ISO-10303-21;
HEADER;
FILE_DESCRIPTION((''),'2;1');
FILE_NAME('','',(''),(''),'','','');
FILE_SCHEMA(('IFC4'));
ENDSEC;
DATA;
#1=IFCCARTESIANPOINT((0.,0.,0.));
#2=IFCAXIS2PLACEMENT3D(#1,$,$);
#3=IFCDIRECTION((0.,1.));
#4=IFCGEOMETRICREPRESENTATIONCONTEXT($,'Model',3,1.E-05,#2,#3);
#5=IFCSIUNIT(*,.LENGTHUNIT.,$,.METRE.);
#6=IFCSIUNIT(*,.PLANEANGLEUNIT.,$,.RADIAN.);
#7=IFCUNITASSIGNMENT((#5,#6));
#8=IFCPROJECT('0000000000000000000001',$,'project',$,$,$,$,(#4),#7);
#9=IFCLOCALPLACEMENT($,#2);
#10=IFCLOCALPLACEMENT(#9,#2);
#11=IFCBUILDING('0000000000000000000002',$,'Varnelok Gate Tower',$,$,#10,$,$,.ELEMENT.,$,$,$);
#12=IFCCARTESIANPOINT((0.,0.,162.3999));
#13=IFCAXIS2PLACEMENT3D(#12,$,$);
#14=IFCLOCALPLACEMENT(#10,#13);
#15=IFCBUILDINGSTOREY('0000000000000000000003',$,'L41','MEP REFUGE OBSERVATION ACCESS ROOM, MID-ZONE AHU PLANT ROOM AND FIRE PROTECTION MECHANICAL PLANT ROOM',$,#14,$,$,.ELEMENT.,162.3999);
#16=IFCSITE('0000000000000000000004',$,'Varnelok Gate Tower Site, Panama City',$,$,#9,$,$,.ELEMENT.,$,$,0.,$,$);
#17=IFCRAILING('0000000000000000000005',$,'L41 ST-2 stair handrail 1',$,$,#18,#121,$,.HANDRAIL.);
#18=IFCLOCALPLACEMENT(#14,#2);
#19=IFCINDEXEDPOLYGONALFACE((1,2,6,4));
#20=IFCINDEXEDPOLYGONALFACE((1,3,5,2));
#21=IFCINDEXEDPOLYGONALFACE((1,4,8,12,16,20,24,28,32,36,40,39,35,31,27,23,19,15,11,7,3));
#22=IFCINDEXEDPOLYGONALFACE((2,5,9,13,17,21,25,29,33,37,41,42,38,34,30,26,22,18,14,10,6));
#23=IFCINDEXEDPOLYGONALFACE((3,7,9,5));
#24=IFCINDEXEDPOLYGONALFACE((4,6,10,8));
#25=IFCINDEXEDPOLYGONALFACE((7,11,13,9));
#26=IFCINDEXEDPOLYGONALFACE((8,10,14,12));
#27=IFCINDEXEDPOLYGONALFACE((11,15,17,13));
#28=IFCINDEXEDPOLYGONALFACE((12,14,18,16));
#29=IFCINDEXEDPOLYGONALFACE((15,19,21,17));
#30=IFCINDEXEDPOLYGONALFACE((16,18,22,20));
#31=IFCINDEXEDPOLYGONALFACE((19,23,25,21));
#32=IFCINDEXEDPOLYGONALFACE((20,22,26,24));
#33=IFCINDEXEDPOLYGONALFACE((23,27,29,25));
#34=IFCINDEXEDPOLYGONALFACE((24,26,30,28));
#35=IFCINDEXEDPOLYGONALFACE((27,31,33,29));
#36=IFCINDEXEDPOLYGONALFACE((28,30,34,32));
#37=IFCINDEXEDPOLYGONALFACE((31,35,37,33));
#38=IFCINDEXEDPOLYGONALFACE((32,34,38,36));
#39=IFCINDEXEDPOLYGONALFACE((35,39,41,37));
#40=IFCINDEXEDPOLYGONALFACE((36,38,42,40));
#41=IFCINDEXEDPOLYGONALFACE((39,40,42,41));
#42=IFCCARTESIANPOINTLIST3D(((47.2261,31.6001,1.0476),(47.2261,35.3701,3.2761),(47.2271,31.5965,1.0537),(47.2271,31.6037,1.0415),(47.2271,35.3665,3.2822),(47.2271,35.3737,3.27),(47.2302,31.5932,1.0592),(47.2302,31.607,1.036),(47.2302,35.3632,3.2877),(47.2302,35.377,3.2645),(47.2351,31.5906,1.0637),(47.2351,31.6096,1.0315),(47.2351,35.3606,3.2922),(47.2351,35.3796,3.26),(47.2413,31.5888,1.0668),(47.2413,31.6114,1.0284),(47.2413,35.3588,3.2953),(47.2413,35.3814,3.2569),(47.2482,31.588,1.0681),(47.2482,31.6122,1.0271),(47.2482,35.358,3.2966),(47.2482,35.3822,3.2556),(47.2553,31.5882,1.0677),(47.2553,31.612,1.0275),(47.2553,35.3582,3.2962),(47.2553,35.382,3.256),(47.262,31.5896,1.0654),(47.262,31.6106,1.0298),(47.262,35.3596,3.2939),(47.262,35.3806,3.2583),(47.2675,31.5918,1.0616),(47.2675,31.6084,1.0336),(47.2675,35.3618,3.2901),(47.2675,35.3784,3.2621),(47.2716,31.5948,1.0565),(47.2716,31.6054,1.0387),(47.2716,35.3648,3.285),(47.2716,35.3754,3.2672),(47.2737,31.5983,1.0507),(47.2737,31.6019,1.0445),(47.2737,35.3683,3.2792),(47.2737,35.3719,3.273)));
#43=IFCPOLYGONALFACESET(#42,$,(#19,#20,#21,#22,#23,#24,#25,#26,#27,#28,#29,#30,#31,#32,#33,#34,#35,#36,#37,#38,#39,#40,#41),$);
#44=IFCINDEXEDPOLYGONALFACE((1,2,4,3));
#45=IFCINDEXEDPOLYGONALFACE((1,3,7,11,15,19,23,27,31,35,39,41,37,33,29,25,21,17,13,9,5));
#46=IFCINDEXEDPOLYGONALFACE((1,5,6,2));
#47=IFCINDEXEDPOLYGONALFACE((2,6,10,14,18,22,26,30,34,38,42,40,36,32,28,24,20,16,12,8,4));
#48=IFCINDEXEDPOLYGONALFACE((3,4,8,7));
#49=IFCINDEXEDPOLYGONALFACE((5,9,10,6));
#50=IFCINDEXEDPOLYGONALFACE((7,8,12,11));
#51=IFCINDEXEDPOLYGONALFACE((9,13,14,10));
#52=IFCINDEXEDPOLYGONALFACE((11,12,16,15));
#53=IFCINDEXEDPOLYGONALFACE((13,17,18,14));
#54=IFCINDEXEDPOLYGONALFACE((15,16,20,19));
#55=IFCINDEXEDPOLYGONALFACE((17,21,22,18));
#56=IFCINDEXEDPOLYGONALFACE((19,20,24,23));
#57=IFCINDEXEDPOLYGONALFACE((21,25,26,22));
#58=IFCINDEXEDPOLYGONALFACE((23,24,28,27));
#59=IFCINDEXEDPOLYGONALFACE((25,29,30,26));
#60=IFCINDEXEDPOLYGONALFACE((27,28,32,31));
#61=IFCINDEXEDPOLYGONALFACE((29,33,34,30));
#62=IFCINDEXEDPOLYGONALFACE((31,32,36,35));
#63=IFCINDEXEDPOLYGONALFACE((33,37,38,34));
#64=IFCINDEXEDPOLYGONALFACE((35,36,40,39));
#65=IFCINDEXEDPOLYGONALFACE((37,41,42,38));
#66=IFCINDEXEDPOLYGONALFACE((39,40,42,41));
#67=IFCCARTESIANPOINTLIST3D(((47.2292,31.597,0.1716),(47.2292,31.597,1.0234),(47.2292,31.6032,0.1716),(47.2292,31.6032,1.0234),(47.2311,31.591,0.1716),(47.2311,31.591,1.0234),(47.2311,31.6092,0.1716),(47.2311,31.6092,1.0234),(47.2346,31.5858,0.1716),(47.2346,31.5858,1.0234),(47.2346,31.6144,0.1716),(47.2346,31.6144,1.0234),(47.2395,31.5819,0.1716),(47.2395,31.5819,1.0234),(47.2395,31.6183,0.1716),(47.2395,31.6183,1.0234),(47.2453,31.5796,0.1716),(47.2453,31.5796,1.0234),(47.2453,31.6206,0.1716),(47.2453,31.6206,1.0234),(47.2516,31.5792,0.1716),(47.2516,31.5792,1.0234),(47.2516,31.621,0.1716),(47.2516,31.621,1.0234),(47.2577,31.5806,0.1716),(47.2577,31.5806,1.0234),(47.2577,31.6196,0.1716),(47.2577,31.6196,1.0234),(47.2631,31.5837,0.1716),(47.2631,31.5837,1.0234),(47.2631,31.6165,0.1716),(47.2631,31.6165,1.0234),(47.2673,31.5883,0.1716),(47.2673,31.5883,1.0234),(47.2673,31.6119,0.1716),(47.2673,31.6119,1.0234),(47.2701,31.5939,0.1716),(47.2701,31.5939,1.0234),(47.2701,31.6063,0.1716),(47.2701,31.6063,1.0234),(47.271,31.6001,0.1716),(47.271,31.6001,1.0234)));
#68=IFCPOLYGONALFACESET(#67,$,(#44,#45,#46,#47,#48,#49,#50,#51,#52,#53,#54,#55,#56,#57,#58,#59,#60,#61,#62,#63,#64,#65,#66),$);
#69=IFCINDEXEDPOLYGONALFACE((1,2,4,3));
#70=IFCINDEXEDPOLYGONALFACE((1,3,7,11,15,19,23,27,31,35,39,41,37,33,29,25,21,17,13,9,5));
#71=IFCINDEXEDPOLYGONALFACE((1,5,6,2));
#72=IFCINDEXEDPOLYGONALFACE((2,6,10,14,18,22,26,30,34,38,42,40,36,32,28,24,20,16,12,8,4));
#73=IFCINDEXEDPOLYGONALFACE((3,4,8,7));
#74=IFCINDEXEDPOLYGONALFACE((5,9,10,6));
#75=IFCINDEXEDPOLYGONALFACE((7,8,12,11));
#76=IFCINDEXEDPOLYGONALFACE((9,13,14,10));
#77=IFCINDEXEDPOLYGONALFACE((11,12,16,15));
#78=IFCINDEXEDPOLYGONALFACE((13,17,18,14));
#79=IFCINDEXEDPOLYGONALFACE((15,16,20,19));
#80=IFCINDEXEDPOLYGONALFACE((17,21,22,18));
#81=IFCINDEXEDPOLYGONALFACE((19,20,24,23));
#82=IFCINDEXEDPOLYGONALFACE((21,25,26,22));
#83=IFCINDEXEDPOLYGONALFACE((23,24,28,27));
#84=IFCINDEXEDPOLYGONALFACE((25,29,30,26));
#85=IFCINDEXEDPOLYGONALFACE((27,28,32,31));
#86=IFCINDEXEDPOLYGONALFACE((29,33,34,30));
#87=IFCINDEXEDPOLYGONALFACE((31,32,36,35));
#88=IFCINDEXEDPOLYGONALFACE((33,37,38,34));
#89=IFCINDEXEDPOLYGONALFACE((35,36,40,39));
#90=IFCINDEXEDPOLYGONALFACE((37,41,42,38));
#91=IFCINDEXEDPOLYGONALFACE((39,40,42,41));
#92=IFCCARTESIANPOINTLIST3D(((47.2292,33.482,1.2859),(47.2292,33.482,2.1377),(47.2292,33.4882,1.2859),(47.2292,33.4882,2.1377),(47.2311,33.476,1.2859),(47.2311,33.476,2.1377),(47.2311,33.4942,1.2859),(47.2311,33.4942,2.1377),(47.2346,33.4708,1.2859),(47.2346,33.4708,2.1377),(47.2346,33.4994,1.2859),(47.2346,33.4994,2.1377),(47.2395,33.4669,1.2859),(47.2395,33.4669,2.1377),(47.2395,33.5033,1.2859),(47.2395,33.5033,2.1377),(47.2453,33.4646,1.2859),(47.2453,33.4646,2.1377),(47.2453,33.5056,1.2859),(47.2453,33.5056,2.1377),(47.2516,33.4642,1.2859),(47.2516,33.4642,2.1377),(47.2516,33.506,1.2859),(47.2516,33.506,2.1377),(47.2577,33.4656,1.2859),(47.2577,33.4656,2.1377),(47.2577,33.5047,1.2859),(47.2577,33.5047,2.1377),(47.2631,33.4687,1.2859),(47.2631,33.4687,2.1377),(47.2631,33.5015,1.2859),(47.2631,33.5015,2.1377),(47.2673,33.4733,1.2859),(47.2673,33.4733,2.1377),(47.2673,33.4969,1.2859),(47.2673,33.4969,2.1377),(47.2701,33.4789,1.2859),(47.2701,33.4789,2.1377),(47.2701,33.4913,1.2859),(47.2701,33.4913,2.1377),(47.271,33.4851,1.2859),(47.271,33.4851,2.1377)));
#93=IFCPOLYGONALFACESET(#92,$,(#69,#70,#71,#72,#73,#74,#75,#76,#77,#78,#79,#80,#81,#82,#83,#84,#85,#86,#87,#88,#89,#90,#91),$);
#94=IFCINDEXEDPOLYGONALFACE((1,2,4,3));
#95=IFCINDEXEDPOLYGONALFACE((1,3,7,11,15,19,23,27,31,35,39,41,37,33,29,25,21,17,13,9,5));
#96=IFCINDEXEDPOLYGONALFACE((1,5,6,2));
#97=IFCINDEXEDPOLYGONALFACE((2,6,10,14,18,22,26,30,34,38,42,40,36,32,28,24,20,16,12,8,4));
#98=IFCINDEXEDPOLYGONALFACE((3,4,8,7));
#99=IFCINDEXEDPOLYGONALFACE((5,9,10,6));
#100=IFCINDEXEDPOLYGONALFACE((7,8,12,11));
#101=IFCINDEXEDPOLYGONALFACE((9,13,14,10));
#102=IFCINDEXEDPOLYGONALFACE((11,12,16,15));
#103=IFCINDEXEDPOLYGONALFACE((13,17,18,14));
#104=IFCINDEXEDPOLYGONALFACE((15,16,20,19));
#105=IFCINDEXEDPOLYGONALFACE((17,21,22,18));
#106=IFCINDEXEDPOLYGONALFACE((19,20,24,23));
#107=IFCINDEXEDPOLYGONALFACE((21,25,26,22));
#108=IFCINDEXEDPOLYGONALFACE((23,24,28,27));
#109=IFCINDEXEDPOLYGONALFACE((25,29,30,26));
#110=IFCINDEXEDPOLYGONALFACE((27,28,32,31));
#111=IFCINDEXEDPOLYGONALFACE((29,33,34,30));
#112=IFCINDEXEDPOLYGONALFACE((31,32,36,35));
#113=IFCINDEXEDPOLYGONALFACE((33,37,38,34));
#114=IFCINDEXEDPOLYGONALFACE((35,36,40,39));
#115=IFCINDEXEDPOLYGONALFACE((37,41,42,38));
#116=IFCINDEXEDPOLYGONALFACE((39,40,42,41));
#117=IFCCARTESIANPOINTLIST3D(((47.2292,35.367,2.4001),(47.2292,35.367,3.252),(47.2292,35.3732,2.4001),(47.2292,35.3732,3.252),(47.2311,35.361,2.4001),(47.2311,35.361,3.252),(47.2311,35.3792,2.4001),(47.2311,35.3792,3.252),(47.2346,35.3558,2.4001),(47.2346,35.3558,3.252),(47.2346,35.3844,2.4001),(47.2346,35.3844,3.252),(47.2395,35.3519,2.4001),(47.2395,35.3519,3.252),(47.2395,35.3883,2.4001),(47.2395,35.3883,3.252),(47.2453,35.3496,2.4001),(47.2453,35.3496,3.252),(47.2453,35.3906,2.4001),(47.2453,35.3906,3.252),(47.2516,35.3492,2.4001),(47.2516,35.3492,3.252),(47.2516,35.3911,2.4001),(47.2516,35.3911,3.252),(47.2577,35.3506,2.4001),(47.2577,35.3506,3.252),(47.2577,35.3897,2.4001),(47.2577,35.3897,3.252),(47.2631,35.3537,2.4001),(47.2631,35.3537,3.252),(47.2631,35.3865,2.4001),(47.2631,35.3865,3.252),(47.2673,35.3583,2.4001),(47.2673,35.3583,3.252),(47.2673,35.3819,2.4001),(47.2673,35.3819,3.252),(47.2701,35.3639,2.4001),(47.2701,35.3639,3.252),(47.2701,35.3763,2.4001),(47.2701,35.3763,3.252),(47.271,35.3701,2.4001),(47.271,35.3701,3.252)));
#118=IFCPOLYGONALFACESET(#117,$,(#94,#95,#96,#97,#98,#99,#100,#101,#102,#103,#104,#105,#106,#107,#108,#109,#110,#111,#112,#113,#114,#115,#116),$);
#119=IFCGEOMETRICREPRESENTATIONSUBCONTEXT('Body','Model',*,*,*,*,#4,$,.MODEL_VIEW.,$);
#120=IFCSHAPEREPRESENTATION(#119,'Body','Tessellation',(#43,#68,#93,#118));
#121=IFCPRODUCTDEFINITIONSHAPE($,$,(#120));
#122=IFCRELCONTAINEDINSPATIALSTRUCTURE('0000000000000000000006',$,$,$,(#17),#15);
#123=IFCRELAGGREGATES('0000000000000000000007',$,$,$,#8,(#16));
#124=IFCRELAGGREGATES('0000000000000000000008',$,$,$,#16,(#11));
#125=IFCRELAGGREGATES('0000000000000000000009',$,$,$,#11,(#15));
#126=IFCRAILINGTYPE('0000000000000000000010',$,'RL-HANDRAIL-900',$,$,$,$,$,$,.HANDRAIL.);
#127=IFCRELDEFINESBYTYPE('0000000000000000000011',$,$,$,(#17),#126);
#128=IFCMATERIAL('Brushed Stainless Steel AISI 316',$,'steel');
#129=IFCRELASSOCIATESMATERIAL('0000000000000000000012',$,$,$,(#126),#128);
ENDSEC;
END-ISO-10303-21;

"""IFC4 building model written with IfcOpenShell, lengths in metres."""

from ifc_helpers import new_model, si_unit, direction, frame, origin, origin_2d, place, context, subcontext, project, spatial, circle, extrude, material, type_object, element, save


model = new_model("IFC4")

# Units and contexts
model_context = context("Model", 3, precision=1e-05, world=origin(), true_north=direction((0.0, 1.0)))
body_context = subcontext(model_context, "Body", "Model", "MODEL_VIEW")
ifc_project = project(units=[si_unit("LENGTHUNIT", "METRE"), si_unit("PLANEANGLEUNIT", "RADIAN")], contexts=[model_context])

# Site, building, storey
site_placement = place(None, origin())
site = spatial("IfcSite", under=ifc_project, at=site_placement, Name="Varnelok Gate Tower Site, Panama City", CompositionType="ELEMENT", RefElevation=0.0)
building_placement = place(site_placement, origin())
building = spatial("IfcBuilding", under=site, at=building_placement, Name="Varnelok Gate Tower", CompositionType="ELEMENT")
storey_placement = place(building_placement, frame((0.0, 0.0, 162.3999)))
storey = spatial("IfcBuildingStorey", under=building, at=storey_placement, Name="L41", Description="MEP REFUGE OBSERVATION ACCESS ROOM, MID-ZONE AHU PLANT ROOM AND FIRE PROTECTION MECHANICAL PLANT ROOM", CompositionType="ELEMENT", Elevation=162.3999)

# Railing
ifc_material_1 = material(Name="Brushed Stainless Steel AISI 316", Category="steel")
railing_type_1 = type_object("IfcRailingType", Name="RL-HANDRAIL-900", PredefinedType="HANDRAIL", material=ifc_material_1)
railing_1_placement = place(storey_placement, frame((47.25, 31.6001, 0.1716)))
element("IfcRailing", 1, at=railing_1_placement, inside=storey, type_object=railing_type_1, Name="L41 ST-2 stair handrail 1", PredefinedType="HANDRAIL", context=body_context, shape_type="SweptSolid", body=[
    extrude(circle(Radius=0.0239, at=origin_2d()), frame((0.0, 0.0, 0.876), z_axis=(0.0, 0.860849, 0.508861), x_axis=(-1.0, 0.0, 0.0)), (0.0, 0.0, 1.0), 4.3794),
    extrude(circle(Radius=0.021, at=origin_2d()), origin(), (0.0, 0.0, 1.0), 0.8518),
    extrude(circle(Radius=0.021, at=origin_2d()), frame((0.0, 1.885, 1.1143)), (0.0, 0.0, 1.0), 0.8518),
    extrude(circle(Radius=0.021, at=origin_2d()), frame((0.0, 3.77, 2.2285)), (0.0, 0.0, 1.0), 0.8518),
])

save(model, "model.ifc")
